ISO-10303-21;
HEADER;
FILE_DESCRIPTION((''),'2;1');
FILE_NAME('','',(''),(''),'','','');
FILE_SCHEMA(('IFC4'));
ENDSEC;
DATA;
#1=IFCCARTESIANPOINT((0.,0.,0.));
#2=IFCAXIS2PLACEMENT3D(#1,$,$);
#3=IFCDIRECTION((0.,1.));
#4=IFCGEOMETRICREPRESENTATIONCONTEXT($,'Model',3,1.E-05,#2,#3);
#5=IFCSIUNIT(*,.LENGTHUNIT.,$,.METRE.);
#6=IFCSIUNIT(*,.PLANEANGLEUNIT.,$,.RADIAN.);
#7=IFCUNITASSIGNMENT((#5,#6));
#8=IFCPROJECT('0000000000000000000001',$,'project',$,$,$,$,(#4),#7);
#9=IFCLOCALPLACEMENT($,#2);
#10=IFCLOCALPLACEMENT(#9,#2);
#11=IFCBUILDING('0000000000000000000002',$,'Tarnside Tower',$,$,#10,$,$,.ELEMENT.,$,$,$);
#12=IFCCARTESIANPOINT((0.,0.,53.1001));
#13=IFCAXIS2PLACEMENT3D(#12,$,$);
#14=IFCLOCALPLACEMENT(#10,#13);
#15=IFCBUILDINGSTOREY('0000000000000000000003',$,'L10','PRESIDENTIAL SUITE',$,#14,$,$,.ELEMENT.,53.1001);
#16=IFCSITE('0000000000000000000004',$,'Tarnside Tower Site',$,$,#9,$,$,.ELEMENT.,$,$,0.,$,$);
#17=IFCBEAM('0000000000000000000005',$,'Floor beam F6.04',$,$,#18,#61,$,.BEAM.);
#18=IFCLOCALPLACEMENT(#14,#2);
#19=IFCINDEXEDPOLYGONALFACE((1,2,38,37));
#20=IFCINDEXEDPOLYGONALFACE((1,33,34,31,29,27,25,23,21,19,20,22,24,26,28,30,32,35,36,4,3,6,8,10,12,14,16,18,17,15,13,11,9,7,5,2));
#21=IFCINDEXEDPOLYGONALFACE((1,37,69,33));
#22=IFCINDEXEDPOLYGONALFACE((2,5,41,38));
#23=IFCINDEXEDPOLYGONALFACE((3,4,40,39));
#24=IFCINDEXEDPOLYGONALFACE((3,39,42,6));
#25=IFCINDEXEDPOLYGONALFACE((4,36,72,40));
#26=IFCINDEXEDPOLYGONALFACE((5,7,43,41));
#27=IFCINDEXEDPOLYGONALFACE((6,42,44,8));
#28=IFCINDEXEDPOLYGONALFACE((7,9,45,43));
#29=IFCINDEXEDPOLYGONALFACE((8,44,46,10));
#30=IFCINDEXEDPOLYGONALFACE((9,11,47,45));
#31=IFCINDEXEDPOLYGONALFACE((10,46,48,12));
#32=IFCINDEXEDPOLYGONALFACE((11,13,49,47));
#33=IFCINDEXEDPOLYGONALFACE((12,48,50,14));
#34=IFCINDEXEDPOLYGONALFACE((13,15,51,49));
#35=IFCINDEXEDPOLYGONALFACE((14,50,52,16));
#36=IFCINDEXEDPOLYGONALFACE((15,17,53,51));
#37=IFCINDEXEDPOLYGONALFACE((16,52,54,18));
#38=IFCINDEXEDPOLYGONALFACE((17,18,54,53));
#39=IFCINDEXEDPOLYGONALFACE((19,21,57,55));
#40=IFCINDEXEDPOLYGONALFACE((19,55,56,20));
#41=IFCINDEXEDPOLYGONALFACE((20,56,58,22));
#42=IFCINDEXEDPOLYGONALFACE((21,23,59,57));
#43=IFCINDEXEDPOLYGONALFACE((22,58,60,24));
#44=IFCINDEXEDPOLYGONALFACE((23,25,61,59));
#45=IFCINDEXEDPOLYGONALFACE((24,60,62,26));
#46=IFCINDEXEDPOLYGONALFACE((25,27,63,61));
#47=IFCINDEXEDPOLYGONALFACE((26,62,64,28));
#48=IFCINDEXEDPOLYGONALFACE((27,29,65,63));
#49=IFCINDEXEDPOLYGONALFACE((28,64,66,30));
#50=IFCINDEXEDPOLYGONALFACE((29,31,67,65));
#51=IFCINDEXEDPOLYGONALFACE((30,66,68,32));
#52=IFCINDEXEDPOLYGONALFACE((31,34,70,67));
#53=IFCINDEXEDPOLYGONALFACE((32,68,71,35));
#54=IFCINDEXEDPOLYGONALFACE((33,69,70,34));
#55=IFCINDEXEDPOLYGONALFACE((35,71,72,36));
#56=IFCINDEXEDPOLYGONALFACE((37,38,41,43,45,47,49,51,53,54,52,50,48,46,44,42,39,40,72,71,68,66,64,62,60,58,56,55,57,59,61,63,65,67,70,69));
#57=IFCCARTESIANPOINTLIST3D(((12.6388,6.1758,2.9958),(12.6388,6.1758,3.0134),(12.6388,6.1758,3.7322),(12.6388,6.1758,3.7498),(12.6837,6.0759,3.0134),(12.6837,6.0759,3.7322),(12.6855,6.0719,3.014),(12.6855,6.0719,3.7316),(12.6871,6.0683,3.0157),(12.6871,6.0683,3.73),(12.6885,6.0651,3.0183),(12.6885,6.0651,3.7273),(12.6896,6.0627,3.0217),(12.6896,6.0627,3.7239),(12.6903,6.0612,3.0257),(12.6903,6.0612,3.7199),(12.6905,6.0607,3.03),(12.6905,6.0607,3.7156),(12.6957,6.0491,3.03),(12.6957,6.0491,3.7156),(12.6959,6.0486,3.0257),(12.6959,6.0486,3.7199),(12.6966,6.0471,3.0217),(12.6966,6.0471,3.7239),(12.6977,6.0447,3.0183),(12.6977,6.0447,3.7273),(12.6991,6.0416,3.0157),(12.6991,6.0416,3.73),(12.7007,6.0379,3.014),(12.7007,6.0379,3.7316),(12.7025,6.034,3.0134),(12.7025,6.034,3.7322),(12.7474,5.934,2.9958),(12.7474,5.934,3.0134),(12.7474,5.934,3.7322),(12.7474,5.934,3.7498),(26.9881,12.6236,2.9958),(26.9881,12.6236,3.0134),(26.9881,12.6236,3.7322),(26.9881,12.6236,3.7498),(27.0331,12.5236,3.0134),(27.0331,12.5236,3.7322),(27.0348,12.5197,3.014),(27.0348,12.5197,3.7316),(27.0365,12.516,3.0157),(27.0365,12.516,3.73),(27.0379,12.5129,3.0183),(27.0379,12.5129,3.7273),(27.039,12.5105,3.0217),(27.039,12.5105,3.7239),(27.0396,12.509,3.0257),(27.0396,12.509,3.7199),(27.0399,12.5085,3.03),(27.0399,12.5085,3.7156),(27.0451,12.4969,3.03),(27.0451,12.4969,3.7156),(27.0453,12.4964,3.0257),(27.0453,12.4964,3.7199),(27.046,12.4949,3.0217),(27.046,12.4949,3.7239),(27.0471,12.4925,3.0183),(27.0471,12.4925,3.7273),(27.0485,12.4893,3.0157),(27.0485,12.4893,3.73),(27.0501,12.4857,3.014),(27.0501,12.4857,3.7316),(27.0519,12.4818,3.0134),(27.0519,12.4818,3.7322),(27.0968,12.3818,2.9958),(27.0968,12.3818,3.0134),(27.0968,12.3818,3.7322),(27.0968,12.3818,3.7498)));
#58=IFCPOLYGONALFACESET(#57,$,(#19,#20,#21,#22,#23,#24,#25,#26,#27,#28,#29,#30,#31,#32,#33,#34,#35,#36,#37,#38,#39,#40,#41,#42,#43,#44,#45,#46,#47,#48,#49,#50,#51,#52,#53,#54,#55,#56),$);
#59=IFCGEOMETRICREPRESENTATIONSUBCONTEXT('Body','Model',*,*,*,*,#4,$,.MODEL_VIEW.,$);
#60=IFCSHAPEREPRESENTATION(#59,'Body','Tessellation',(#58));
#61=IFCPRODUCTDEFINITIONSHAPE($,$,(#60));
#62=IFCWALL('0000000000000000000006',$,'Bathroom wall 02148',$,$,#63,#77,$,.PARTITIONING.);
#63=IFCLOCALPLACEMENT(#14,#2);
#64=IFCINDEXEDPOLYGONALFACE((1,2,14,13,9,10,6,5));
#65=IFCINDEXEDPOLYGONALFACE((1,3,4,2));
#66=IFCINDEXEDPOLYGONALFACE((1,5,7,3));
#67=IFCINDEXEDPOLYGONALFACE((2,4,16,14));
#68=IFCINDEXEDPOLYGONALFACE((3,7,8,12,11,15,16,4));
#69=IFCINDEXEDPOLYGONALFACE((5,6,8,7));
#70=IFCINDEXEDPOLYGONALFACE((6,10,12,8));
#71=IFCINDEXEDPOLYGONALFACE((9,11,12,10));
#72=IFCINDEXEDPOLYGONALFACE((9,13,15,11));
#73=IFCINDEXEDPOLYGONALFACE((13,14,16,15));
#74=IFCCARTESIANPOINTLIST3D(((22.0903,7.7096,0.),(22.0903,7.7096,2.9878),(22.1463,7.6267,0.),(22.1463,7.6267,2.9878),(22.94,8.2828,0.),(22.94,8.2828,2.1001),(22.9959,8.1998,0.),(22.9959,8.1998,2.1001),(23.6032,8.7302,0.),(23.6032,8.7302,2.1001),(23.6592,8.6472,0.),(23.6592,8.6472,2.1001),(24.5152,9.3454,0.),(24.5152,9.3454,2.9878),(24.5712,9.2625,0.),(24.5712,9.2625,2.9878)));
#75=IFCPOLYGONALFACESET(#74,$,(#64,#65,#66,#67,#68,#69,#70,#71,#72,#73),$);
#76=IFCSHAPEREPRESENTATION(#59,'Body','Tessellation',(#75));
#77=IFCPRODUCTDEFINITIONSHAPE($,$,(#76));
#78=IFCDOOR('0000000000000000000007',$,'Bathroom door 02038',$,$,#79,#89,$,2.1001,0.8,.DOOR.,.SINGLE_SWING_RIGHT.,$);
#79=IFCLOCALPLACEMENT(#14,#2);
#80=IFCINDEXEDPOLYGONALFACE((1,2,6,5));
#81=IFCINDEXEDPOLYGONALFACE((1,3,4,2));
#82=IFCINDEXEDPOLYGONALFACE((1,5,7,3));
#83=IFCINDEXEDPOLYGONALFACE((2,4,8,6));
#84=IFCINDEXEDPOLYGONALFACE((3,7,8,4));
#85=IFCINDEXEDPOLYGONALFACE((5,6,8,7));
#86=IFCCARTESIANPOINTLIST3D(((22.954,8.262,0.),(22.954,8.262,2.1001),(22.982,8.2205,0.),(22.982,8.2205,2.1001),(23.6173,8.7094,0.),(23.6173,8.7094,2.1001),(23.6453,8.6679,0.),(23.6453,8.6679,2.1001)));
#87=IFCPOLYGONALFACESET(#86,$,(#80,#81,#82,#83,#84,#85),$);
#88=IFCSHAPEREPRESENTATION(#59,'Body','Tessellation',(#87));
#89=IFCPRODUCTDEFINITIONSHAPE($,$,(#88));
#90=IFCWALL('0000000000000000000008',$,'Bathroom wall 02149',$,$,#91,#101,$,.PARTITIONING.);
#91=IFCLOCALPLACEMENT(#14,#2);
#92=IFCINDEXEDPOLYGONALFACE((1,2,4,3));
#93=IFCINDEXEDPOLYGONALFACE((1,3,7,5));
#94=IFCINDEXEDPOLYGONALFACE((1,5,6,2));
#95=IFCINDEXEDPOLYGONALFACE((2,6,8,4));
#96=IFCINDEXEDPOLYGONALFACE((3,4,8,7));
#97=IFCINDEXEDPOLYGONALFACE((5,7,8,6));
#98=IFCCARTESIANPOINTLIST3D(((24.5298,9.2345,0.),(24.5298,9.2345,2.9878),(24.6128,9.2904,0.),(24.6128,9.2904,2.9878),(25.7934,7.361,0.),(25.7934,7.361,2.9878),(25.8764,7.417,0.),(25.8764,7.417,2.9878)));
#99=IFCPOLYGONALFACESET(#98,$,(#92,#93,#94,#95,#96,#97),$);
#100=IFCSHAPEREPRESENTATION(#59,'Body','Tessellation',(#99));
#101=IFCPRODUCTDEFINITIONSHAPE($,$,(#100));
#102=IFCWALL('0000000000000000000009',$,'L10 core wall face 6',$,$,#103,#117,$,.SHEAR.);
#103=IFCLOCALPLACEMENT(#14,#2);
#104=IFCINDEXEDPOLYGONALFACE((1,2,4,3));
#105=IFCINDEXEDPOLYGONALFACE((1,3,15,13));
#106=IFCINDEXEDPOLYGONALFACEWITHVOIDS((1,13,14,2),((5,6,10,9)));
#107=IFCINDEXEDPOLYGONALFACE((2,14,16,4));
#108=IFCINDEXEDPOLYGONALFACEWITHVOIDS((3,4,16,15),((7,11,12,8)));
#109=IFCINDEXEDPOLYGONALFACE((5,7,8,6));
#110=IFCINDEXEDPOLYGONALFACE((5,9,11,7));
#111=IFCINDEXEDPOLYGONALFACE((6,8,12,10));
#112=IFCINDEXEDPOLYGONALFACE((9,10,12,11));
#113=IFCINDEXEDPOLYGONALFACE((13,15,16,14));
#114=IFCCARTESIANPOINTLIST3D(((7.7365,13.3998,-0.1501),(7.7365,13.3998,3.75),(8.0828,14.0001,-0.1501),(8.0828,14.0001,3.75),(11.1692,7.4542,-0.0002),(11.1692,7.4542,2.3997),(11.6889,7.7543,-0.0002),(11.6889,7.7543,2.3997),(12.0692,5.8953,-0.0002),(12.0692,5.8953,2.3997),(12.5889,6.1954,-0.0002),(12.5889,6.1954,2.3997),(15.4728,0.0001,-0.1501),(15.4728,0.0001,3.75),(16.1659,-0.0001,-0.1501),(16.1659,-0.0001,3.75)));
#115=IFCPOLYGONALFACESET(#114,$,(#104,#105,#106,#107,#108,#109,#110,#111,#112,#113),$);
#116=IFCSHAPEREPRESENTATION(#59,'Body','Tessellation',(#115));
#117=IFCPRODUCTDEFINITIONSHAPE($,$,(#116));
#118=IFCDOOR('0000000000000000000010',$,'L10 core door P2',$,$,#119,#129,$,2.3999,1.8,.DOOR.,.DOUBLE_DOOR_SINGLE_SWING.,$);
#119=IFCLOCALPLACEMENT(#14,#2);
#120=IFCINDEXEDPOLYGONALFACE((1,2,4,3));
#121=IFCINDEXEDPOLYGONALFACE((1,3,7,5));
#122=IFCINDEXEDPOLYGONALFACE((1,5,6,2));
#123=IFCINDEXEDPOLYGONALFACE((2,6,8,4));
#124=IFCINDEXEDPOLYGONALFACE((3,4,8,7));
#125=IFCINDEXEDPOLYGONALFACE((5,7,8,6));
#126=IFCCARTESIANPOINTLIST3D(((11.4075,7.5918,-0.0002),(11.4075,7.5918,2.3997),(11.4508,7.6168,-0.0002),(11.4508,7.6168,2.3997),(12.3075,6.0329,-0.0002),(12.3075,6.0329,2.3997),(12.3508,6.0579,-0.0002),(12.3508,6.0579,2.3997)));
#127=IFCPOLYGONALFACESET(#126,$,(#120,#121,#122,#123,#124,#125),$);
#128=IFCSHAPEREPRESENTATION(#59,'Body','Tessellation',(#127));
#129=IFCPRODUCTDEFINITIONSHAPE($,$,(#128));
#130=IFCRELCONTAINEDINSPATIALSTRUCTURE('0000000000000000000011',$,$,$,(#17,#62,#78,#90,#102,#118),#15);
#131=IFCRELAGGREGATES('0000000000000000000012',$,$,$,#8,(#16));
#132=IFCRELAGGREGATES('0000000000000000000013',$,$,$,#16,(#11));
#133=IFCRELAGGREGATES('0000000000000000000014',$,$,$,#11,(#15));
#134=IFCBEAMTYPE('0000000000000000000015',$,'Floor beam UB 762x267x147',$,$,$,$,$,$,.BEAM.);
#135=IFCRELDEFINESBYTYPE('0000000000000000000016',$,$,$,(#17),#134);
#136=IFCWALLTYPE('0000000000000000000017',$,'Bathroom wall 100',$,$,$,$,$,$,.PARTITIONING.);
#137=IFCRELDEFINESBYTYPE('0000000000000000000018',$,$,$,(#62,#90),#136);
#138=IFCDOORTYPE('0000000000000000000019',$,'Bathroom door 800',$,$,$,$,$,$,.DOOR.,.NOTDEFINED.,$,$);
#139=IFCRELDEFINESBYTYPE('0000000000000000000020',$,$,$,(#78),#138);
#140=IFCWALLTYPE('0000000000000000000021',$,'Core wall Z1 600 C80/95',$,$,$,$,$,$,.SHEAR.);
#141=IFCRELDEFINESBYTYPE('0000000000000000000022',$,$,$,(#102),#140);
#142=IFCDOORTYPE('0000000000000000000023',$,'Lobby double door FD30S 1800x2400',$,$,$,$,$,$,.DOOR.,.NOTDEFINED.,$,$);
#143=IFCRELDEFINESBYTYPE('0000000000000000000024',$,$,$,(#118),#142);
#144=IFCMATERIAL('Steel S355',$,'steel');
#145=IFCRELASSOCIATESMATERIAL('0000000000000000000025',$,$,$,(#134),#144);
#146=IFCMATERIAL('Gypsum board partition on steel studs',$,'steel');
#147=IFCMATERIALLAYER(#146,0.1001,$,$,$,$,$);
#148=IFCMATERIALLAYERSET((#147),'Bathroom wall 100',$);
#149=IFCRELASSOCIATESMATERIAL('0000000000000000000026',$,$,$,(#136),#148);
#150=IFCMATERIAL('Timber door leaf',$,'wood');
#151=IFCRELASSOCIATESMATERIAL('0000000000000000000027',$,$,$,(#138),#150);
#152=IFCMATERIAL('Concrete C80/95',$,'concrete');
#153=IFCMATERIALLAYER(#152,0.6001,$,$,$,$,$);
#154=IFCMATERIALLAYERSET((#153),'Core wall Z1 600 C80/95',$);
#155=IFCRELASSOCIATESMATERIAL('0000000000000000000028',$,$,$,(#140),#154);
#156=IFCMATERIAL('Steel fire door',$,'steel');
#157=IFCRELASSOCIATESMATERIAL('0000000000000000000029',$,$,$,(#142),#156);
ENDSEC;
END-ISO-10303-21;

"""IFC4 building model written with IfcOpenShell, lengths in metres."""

from ifc_helpers import new_model, si_unit, direction, frame, frame_2d, origin, origin_2d, place, context, subcontext, project, spatial, polyline, rectangle, i_section, outline, extrude, material, layer, layer_set, material_profile, profile_set, type_object, element, fill, save


model = new_model("IFC4")

# Units and contexts
model_context = context("Model", 3, precision=1e-05, world=origin(), true_north=direction((0.0, 1.0)))
body_context = subcontext(model_context, "Body", "Model", "MODEL_VIEW")
ifc_project = project(units=[si_unit("LENGTHUNIT", "METRE"), si_unit("PLANEANGLEUNIT", "RADIAN")], contexts=[model_context])

# Site, building, storey
site_placement = place(None, origin())
site = spatial("IfcSite", under=ifc_project, at=site_placement, Name="Tarnside Tower Site", CompositionType="ELEMENT", RefElevation=0.0)
building_placement = place(site_placement, origin())
building = spatial("IfcBuilding", under=site, at=building_placement, Name="Tarnside Tower", CompositionType="ELEMENT")
storey_placement = place(building_placement, frame((0.0, 0.0, 53.1001)))
storey = spatial("IfcBuildingStorey", under=building, at=storey_placement, Name="L10", Description="PRESIDENTIAL SUITE", CompositionType="ELEMENT", Elevation=53.1001)

# Beam
ifc_material_1 = material(Name="Steel S355", Category="steel")
ifc_material_profile = material_profile(ifc_material_1, i_section(OverallWidth=0.2651, OverallDepth=0.7539, WebThickness=0.0127, FlangeThickness=0.0176, FilletRadius=0.0166, at=origin_2d()), Name="UB 762x267x147")
ifc_profile_set = profile_set([ifc_material_profile], Name="Steel S355")
beam_type = type_object("IfcBeamType", Name="Floor beam UB 762x267x147", PredefinedType="BEAM", material=ifc_profile_set)
beam_placement = place(storey_placement, frame((27.0425, 12.5027, 3.3728), z_axis=(-0.912146, -0.409865, 0.0), x_axis=(0.409865, -0.912146, 0.0)))
element("IfcBeam", 1, at=beam_placement, inside=storey, type_object=beam_type, Name="Floor beam F6.04", PredefinedType="BEAM", context=body_context, shape_type="SweptSolid", body=[
    extrude(i_section(OverallWidth=0.2651, OverallDepth=0.7539, WebThickness=0.0127, FlangeThickness=0.0176, FilletRadius=0.0166, at=origin_2d()), origin(), (0.0, 0.0, 1.0), 15.7314),
])

# Wall, opening, door
ifc_material_2 = material(Name="Gypsum board partition on steel studs", Category="steel")
ifc_layer_1 = layer(ifc_material_2, 0.1001)
ifc_layer_set_1 = layer_set([ifc_layer_1], Name="Bathroom wall 100")
wall_type_1 = type_object("IfcWallType", Name="Bathroom wall 100", PredefinedType="PARTITIONING", material=ifc_layer_set_1)
wall_1_placement = place(storey_placement, frame((22.1184, 7.6682, 0.0), z_axis=(0.0, 0.0, 1.0), x_axis=(0.829007, 0.559238, 0.0)))
wall_1 = element("IfcWall", 2, at=wall_1_placement, inside=storey, type_object=wall_type_1, Name="Bathroom wall 02148", PredefinedType="PARTITIONING", context=body_context, shape_type="SweptSolid", body=[
    extrude(rectangle(XDim=2.925, YDim=0.1001, at=frame_2d((1.4624, 0.0))), origin(), (0.0, 0.0, 1.0), 2.9878),
])
opening_1_placement = place(wall_1_placement, frame((1.0249, 0.0, 0.0)))
opening_1 = element("IfcOpeningElement", 3, at=opening_1_placement, cuts=wall_1, PredefinedType="OPENING", context=body_context, shape_type="SweptSolid", body=[
    extrude(rectangle(XDim=0.8, YDim=2.1001, at=frame_2d((0.3999, 1.05))), frame((0.0, 0.0601, 0.0), z_axis=(0.0, -1.0, 0.0), x_axis=(1.0, 0.0, 0.0)), (0.0, 0.0, 1.0), 0.1201),
])
ifc_material_3 = material(Name="Timber door leaf", Category="wood")
door_type_1 = type_object("IfcDoorType", Name="Bathroom door 800", OperationType="NOTDEFINED", PredefinedType="DOOR", material=ifc_material_3)
door_1_placement = place(opening_1_placement, origin())
door_1 = element("IfcDoor", 4, at=door_1_placement, inside=storey, type_object=door_type_1, Name="Bathroom door 02038", OperationType="SINGLE_SWING_RIGHT", OverallHeight=2.1001, OverallWidth=0.8, PredefinedType="DOOR", context=body_context, shape_type="SweptSolid", body=[
    extrude(rectangle(XDim=0.8, YDim=2.1001, at=frame_2d((0.3999, 1.05))), frame((0.0, 0.0249, 0.0), z_axis=(0.0, -1.0, 0.0), x_axis=(1.0, 0.0, 0.0)), (0.0, 0.0, 1.0), 0.05),
])
fill(opening_1, door_1)

# Wall
wall_2_placement = place(storey_placement, frame((24.5713, 9.2625, 0.0), z_axis=(0.0, 0.0, 1.0), x_axis=(0.55918, -0.829047, 0.0)))
element("IfcWall", 5, at=wall_2_placement, inside=storey, type_object=wall_type_1, Name="Bathroom wall 02149", PredefinedType="PARTITIONING", context=body_context, shape_type="SweptSolid", body=[
    extrude(rectangle(XDim=2.2598, YDim=0.1001, at=frame_2d((1.1299, 0.0))), origin(), (0.0, 0.0, 1.0), 2.9878),
])

# Wall, opening, door
ifc_material_4 = material(Name="Concrete C80/95", Category="concrete")
ifc_layer_2 = layer(ifc_material_4, 0.6001)
ifc_layer_set_2 = layer_set([ifc_layer_2], Name="Core wall Z1 600 C80/95")
wall_type_2 = type_object("IfcWallType", Name="Core wall Z1 600 C80/95", PredefinedType="SHEAR", material=ifc_layer_set_2)
wall_3_placement = place(storey_placement, frame((15.8193, 0.0, -0.1501), z_axis=(0.0, 0.0, 1.0), x_axis=(-0.5, 0.866025, 0.0)))
wall_3 = element("IfcWall", 6, at=wall_3_placement, inside=storey, type_object=wall_type_2, Name="L10 core wall face 6", PredefinedType="SHEAR", context=body_context, shape_type="SweptSolid", body=[
    extrude(outline(polyline([(-0.1733, -0.3), (15.9927, -0.3), (15.646, 0.3), (0.1733, 0.3), (-0.1733, -0.3)])), origin(), (0.0, 0.0, 1.0), 3.9001),
])
opening_2_placement = place(wall_3_placement, frame((6.9807, 0.0, 0.1499)))
opening_2 = element("IfcOpeningElement", 7, at=opening_2_placement, cuts=wall_3, PredefinedType="OPENING", context=body_context, shape_type="SweptSolid", body=[
    extrude(rectangle(XDim=1.8, YDim=2.3999, at=frame_2d((0.8999, 1.2))), frame((0.0, 0.3101, 0.0), z_axis=(0.0, -1.0, 0.0), x_axis=(1.0, 0.0, 0.0)), (0.0, 0.0, 1.0), 0.6201),
])
ifc_material_5 = material(Name="Steel fire door", Category="steel")
door_type_2 = type_object("IfcDoorType", Name="Lobby double door FD30S 1800x2400", OperationType="NOTDEFINED", PredefinedType="DOOR", material=ifc_material_5)
door_2_placement = place(opening_2_placement, origin())
door_2 = element("IfcDoor", 8, at=door_2_placement, inside=storey, type_object=door_type_2, Name="L10 core door P2", OperationType="DOUBLE_DOOR_SINGLE_SWING", OverallHeight=2.3999, OverallWidth=1.8, PredefinedType="DOOR", context=body_context, shape_type="SweptSolid", body=[
    extrude(rectangle(XDim=1.8, YDim=2.3999, at=frame_2d((0.8999, 1.2))), frame((0.0, 0.0249, 0.0), z_axis=(0.0, -1.0, 0.0), x_axis=(1.0, 0.0, 0.0)), (0.0, 0.0, 1.0), 0.05),
])
fill(opening_2, door_2)

save(model, "model.ifc")
